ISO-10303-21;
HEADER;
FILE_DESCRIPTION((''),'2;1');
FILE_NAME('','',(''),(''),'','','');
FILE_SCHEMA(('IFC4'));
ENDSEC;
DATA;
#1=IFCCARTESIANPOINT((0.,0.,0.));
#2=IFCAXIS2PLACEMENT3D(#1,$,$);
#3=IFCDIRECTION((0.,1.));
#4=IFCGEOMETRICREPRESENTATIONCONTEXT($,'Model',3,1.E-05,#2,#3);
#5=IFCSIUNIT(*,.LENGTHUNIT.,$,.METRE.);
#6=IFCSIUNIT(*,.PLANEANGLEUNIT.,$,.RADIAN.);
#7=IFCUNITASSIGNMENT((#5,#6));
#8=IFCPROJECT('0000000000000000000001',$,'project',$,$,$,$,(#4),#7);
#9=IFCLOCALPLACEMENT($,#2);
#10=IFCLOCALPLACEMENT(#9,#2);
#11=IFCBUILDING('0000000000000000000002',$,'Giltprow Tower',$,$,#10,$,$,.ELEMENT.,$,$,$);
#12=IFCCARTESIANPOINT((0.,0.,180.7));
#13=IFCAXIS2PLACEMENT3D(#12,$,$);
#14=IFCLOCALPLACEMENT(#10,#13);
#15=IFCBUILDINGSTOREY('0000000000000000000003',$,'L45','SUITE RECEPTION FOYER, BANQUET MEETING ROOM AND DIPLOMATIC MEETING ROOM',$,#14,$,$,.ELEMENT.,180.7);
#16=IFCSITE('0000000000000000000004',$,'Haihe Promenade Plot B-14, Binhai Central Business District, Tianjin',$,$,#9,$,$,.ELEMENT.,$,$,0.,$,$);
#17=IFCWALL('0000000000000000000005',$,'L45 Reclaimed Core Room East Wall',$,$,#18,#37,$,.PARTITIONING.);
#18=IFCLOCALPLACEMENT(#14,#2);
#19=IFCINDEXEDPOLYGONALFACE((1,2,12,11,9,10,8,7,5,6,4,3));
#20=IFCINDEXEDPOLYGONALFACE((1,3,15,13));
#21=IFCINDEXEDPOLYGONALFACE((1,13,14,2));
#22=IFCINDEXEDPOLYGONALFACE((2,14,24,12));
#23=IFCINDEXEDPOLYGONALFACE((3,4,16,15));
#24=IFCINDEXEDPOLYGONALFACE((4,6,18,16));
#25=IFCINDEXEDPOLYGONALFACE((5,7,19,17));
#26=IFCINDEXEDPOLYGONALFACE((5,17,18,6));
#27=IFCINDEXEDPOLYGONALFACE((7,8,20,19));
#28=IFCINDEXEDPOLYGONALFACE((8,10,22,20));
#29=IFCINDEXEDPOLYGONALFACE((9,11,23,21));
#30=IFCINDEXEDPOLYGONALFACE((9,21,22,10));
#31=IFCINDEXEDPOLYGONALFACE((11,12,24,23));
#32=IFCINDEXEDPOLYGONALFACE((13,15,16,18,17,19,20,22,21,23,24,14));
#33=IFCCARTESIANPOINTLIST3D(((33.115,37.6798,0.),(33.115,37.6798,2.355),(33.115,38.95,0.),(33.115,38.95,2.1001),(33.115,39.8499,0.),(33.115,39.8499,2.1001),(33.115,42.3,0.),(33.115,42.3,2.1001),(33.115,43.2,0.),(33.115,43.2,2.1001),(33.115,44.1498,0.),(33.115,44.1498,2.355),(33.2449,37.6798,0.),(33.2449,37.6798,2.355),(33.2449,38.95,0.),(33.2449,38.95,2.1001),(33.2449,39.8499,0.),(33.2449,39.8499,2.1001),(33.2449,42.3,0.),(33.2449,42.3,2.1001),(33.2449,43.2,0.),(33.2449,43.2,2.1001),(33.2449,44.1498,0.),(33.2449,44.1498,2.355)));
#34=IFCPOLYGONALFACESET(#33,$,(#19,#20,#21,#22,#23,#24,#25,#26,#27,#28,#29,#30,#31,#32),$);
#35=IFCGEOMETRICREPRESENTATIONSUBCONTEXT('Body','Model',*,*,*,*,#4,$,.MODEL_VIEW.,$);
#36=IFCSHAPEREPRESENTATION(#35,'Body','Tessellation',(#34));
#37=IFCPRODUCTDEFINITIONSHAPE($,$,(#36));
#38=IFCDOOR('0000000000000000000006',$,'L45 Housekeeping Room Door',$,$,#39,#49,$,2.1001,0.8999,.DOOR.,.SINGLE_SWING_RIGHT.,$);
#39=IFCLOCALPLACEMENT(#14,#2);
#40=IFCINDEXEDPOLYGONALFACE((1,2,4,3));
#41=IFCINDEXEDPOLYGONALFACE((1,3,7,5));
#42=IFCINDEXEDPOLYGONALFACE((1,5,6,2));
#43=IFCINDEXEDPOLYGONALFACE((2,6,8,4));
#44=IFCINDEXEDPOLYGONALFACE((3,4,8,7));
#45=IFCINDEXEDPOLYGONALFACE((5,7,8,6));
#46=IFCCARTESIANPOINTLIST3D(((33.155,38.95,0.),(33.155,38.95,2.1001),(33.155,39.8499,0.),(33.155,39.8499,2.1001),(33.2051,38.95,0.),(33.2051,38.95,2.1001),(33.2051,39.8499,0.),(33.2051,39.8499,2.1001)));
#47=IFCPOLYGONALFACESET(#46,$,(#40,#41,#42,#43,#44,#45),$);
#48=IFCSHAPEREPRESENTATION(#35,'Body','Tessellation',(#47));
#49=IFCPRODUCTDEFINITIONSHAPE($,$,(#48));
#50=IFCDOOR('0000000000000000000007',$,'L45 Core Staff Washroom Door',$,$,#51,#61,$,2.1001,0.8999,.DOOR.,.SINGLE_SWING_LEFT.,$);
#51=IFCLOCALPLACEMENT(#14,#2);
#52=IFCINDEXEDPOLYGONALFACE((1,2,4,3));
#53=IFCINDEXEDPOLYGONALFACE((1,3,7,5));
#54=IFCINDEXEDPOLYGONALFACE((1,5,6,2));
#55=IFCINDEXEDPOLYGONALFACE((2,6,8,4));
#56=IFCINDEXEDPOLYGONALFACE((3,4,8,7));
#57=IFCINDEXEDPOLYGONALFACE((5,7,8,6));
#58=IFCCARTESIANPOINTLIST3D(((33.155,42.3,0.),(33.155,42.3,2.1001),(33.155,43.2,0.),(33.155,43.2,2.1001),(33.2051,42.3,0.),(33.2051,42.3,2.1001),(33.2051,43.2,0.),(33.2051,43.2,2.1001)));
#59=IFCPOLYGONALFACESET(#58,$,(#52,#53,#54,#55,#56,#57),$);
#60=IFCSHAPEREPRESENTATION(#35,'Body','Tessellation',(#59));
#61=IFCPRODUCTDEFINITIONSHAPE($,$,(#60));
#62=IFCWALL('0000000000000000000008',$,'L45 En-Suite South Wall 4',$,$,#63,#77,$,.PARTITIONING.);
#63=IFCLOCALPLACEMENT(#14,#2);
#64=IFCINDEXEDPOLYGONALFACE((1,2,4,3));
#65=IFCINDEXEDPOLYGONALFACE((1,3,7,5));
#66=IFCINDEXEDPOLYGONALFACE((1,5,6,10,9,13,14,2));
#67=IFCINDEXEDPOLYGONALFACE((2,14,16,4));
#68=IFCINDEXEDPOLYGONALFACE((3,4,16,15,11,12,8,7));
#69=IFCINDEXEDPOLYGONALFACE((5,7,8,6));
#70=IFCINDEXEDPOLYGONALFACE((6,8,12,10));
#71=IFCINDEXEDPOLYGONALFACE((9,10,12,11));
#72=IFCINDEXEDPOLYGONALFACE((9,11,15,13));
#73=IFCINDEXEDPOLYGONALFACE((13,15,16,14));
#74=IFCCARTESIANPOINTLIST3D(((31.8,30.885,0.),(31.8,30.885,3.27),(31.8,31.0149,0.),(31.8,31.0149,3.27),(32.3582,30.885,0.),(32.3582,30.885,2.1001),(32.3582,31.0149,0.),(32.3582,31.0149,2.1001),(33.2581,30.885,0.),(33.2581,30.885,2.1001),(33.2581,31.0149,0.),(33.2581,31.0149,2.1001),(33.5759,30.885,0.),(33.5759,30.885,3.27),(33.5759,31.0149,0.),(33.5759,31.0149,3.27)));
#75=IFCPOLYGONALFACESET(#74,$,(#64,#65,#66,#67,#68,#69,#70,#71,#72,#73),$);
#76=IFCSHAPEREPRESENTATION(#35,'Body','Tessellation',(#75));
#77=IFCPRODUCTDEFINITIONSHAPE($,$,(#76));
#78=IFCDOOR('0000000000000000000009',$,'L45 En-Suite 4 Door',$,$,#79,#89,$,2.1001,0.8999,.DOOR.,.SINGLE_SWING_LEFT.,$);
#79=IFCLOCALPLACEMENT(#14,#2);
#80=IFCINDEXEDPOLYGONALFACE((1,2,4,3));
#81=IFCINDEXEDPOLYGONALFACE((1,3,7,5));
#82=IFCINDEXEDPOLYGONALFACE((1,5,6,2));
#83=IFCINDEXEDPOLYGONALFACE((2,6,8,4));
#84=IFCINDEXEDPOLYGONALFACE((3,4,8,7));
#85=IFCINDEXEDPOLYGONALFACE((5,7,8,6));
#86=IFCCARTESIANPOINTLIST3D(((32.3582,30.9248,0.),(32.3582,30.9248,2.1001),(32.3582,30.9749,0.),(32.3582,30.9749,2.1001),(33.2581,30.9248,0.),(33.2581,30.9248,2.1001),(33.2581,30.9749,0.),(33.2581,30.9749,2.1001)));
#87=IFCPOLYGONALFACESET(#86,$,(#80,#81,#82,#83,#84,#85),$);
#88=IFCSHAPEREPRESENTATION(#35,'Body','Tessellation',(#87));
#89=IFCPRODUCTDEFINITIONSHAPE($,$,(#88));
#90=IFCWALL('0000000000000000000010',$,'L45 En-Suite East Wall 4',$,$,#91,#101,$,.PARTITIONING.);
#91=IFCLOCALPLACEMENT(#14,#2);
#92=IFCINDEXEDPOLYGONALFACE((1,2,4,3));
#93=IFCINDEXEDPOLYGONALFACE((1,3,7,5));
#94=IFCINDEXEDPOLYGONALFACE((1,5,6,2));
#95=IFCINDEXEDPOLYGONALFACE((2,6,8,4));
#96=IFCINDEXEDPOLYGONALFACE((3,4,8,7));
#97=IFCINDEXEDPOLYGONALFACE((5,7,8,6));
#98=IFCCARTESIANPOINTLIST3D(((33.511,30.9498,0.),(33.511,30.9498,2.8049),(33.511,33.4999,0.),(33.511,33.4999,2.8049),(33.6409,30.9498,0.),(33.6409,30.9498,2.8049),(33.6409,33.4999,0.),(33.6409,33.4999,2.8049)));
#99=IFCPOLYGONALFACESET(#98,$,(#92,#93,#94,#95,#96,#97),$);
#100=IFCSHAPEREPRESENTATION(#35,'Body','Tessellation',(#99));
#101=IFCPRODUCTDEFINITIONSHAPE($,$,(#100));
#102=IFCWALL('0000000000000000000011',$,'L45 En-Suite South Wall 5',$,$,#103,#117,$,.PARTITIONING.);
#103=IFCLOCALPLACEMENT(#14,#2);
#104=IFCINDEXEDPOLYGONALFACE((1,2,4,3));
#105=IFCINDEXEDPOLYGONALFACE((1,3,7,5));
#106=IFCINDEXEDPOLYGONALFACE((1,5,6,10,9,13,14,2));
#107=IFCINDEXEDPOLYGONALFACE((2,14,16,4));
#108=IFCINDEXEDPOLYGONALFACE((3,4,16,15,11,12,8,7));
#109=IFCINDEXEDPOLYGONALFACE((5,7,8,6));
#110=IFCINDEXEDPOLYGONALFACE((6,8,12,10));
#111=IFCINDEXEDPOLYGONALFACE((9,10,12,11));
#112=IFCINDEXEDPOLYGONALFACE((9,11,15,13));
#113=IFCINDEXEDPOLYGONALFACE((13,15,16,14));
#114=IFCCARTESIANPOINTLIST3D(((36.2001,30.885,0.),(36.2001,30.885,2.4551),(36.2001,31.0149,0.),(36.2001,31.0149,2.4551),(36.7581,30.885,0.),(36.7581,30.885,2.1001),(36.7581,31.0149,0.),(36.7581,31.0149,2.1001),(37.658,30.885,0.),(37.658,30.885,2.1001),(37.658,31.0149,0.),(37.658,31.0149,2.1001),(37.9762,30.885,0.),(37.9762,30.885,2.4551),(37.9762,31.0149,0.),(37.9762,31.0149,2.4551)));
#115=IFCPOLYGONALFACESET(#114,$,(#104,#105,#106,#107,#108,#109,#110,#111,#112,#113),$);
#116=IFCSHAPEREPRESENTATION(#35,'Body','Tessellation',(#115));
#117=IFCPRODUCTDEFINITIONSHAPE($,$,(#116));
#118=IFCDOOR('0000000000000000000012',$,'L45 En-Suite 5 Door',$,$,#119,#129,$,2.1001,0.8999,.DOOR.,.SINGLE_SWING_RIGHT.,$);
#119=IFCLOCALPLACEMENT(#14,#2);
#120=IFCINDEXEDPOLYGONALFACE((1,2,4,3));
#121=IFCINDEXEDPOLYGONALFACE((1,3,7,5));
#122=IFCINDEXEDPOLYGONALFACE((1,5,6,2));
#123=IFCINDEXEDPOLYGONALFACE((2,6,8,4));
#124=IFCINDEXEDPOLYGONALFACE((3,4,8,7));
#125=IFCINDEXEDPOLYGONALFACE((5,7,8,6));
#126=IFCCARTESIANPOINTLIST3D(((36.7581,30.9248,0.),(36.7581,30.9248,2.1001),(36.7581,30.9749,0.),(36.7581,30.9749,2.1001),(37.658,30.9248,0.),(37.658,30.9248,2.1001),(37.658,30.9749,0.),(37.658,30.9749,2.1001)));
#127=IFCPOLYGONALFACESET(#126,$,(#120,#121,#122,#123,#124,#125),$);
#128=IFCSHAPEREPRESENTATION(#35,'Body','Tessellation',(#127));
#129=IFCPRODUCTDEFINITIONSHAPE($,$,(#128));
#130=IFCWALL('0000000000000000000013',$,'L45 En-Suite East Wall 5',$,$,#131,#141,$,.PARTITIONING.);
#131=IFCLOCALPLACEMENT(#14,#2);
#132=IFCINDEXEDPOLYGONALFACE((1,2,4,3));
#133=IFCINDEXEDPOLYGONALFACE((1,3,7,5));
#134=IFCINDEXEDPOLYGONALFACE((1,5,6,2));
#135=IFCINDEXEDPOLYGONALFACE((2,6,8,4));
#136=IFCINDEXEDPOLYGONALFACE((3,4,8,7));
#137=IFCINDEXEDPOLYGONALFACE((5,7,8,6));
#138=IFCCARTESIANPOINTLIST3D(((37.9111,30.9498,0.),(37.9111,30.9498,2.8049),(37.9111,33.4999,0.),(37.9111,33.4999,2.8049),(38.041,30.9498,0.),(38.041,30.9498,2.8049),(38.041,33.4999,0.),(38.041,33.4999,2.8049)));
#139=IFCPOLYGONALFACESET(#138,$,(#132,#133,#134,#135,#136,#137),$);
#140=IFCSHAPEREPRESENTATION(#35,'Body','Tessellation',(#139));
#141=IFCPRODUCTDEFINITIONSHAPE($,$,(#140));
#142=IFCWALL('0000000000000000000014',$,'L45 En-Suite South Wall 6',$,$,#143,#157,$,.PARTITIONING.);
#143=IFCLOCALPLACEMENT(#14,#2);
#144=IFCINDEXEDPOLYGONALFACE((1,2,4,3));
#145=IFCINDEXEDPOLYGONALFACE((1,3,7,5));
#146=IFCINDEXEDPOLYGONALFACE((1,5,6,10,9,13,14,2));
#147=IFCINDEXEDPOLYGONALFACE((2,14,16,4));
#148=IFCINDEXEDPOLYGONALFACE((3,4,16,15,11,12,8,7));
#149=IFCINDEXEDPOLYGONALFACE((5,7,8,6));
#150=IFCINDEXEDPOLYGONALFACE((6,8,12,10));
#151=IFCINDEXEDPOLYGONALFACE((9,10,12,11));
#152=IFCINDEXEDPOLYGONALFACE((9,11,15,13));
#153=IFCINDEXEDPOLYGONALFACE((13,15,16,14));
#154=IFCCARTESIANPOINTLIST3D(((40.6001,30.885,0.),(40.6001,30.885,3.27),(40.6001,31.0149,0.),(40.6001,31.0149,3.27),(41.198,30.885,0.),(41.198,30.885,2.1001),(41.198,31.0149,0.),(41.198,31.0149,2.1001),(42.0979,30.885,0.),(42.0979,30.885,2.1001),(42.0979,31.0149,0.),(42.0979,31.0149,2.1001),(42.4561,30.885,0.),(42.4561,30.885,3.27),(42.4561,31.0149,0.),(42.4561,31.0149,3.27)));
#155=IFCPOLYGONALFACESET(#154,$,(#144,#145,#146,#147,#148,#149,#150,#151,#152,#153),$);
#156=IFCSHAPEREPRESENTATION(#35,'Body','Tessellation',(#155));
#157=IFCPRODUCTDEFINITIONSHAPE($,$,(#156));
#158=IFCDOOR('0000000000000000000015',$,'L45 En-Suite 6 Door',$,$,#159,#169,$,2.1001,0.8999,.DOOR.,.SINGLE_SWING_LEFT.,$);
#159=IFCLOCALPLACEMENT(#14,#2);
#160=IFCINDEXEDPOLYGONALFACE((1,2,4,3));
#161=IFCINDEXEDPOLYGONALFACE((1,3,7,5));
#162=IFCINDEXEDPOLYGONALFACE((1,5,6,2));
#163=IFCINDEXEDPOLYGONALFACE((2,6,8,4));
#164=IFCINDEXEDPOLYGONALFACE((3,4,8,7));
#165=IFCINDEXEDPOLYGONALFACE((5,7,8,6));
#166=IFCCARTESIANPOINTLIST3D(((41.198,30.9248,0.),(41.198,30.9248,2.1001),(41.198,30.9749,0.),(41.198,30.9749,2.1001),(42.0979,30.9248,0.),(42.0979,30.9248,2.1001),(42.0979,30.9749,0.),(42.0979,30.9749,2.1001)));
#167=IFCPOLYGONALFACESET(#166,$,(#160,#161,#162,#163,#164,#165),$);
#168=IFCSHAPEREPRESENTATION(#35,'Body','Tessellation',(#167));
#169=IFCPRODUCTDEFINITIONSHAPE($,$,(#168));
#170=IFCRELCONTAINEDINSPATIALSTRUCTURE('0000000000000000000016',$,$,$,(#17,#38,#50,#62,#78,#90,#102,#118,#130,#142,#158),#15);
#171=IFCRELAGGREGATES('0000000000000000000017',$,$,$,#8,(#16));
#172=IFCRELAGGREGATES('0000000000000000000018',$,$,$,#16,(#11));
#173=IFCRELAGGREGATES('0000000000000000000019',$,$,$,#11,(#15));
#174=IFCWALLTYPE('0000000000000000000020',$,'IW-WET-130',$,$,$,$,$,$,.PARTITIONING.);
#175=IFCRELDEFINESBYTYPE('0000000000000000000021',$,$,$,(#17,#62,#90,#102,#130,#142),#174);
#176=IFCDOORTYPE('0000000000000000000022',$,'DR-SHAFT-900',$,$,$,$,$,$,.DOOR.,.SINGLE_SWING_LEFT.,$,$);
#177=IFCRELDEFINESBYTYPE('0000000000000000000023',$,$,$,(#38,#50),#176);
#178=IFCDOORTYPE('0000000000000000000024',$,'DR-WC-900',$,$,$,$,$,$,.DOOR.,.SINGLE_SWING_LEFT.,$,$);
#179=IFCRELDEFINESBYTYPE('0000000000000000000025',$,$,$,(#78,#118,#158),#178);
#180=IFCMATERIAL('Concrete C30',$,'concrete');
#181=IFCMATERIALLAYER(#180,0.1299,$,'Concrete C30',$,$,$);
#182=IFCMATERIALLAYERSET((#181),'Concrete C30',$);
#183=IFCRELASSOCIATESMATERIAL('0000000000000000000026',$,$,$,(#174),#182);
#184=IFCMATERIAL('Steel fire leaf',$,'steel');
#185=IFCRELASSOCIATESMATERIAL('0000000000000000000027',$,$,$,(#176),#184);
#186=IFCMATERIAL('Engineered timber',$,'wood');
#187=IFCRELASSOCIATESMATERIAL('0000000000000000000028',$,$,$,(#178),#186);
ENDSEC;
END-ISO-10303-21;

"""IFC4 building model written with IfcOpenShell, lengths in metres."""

from ifc_helpers import new_model, si_unit, direction, frame, frame_2d, origin, place, context, subcontext, project, spatial, rectangle, extrude, source, transform, mapped, material, layer, layer_set, type_object, element, fill, save


model = new_model("IFC4")

# Units and contexts
model_context = context("Model", 3, precision=1e-05, world=origin(), true_north=direction((0.0, 1.0)))
body_context = subcontext(model_context, "Body", "Model", "MODEL_VIEW")
ifc_project = project(units=[si_unit("LENGTHUNIT", "METRE"), si_unit("PLANEANGLEUNIT", "RADIAN")], contexts=[model_context])

# Site, building, storey
site_placement = place(None, origin())
site = spatial("IfcSite", under=ifc_project, at=site_placement, Name="Haihe Promenade Plot B-14, Binhai Central Business District, Tianjin", CompositionType="ELEMENT", RefElevation=0.0)
building_placement = place(site_placement, origin())
building = spatial("IfcBuilding", under=site, at=building_placement, Name="Giltprow Tower", CompositionType="ELEMENT")
storey_placement = place(building_placement, frame((0.0, 0.0, 180.7)))
storey = spatial("IfcBuildingStorey", under=building, at=storey_placement, Name="L45", Description="SUITE RECEPTION FOYER, BANQUET MEETING ROOM AND DIPLOMATIC MEETING ROOM", CompositionType="ELEMENT", Elevation=180.7)

# Wall, openings, doors
ifc_material_1 = material(Name="Concrete C30", Category="concrete")
ifc_layer_1 = layer(ifc_material_1, 0.1299, Name="Concrete C30")
ifc_layer_set_1 = layer_set([ifc_layer_1], Name="Concrete C30")
wall_type_1 = type_object("IfcWallType", Name="IW-WET-130", PredefinedType="PARTITIONING", material=ifc_layer_set_1)
wall_1_placement = place(storey_placement, frame((33.1799, 37.6799, 0.0), z_axis=(0.0, 0.0, 1.0), x_axis=(0.0, 1.0, 0.0)))
wall_1 = element("IfcWall", 1, at=wall_1_placement, inside=storey, type_object=wall_type_1, Name="L45 Reclaimed Core Room East Wall", PredefinedType="PARTITIONING", context=body_context, shape_type="SweptSolid", body=[
    extrude(rectangle(XDim=6.47, YDim=0.1299, at=frame_2d((3.2349, 0.0))), origin(), (0.0, 0.0, 1.0), 2.355),
])
opening_1_placement = place(wall_1_placement, frame((1.27, 0.0, 0.0)))
opening_1 = element("IfcOpeningElement", 2, at=opening_1_placement, cuts=wall_1, PredefinedType="OPENING", context=body_context, shape_type="SweptSolid", body=[
    extrude(rectangle(XDim=0.8999, YDim=2.1001, at=frame_2d((0.45, 1.05))), frame((0.0, 0.075, 0.0), z_axis=(0.0, -1.0, 0.0), x_axis=(1.0, 0.0, 0.0)), (0.0, 0.0, 1.0), 0.1499),
])
opening_2_placement = place(wall_1_placement, frame((4.6201, 0.0, 0.0)))
opening_2 = element("IfcOpeningElement", 3, at=opening_2_placement, cuts=wall_1, PredefinedType="OPENING", context=body_context, shape_type="SweptSolid", body=[
    extrude(rectangle(XDim=0.8999, YDim=2.1001, at=frame_2d((0.45, 1.05))), frame((0.0, 0.075, 0.0), z_axis=(0.0, -1.0, 0.0), x_axis=(1.0, 0.0, 0.0)), (0.0, 0.0, 1.0), 0.1499),
])
ifc_material_2 = material(Name="Steel fire leaf", Category="steel")
door_type_1 = type_object("IfcDoorType", Name="DR-SHAFT-900", OperationType="SINGLE_SWING_LEFT", PredefinedType="DOOR", material=ifc_material_2)
shared_shape_1 = source(origin(), body_context, "Body", "SweptSolid", [
    extrude(rectangle(XDim=0.8999, YDim=2.1001, at=frame_2d((0.45, 1.05))), frame((0.0, 0.0249, 0.0), z_axis=(0.0, -1.0, 0.0), x_axis=(1.0, 0.0, 0.0)), (0.0, 0.0, 1.0), 0.05),
])
door_1_placement = place(opening_1_placement, origin())
door_1 = element("IfcDoor", 4, at=door_1_placement, inside=storey, type_object=door_type_1, Name="L45 Housekeeping Room Door", OperationType="SINGLE_SWING_RIGHT", OverallHeight=2.1001, OverallWidth=0.8999, PredefinedType="DOOR", context=body_context, shape_type="MappedRepresentation", body=[
    mapped(shared_shape_1, transform((0.0, 0.0, 0.0), x_axis=(1.0, 0.0, 0.0), y_axis=(0.0, 1.0, 0.0), z_axis=(0.0, 0.0, 1.0), scale=1.0)),
])
fill(opening_1, door_1)
door_2_placement = place(opening_2_placement, origin())
door_2 = element("IfcDoor", 5, at=door_2_placement, inside=storey, type_object=door_type_1, Name="L45 Core Staff Washroom Door", OperationType="SINGLE_SWING_LEFT", OverallHeight=2.1001, OverallWidth=0.8999, PredefinedType="DOOR", context=body_context, shape_type="MappedRepresentation", body=[
    mapped(shared_shape_1, transform((0.0, 0.0, 0.0), x_axis=(1.0, 0.0, 0.0), y_axis=(0.0, 1.0, 0.0), z_axis=(0.0, 0.0, 1.0), scale=1.0)),
])
fill(opening_2, door_2)

# Wall, opening, door
wall_2_placement = place(storey_placement, frame((31.8, 30.95, 0.0), z_axis=(0.0, 0.0, 1.0), x_axis=(1.0, 0.0, 0.0)))
wall_2 = element("IfcWall", 6, at=wall_2_placement, inside=storey, type_object=wall_type_1, Name="L45 En-Suite South Wall 4", PredefinedType="PARTITIONING", context=body_context, shape_type="SweptSolid", body=[
    extrude(rectangle(XDim=1.7759, YDim=0.1299, at=frame_2d((0.8879, 0.0))), origin(), (0.0, 0.0, 1.0), 3.27),
])
opening_3_placement = place(wall_2_placement, frame((0.5581, 0.0, 0.0)))
opening_3 = element("IfcOpeningElement", 7, at=opening_3_placement, cuts=wall_2, PredefinedType="OPENING", context=body_context, shape_type="SweptSolid", body=[
    extrude(rectangle(XDim=0.8999, YDim=2.1001, at=frame_2d((0.45, 1.05))), frame((0.0, 0.075, 0.0), z_axis=(0.0, -1.0, 0.0), x_axis=(1.0, 0.0, 0.0)), (0.0, 0.0, 1.0), 0.1499),
])
ifc_material_3 = material(Name="Engineered timber", Category="wood")
door_type_2 = type_object("IfcDoorType", Name="DR-WC-900", OperationType="SINGLE_SWING_LEFT", PredefinedType="DOOR", material=ifc_material_3)
door_3_placement = place(opening_3_placement, origin())
door_3 = element("IfcDoor", 8, at=door_3_placement, inside=storey, type_object=door_type_2, Name="L45 En-Suite 4 Door", OperationType="SINGLE_SWING_LEFT", OverallHeight=2.1001, OverallWidth=0.8999, PredefinedType="DOOR", context=body_context, shape_type="MappedRepresentation", body=[
    mapped(shared_shape_1, transform((0.0, 0.0, 0.0), x_axis=(1.0, 0.0, 0.0), y_axis=(0.0, 1.0, 0.0), z_axis=(0.0, 0.0, 1.0), scale=1.0)),
])
fill(opening_3, door_3)

# Wall
wall_3_placement = place(storey_placement, frame((33.5759, 30.95, 0.0), z_axis=(0.0, 0.0, 1.0), x_axis=(0.0, 1.0, 0.0)))
element("IfcWall", 9, at=wall_3_placement, inside=storey, type_object=wall_type_1, Name="L45 En-Suite East Wall 4", PredefinedType="PARTITIONING", context=body_context, shape_type="SweptSolid", body=[
    extrude(rectangle(XDim=2.55, YDim=0.1299, at=frame_2d((1.2749, 0.0))), origin(), (0.0, 0.0, 1.0), 2.8049),
])

# Wall, opening, door
wall_4_placement = place(storey_placement, frame((36.2, 30.95, 0.0), z_axis=(0.0, 0.0, 1.0), x_axis=(1.0, 0.0, 0.0)))
wall_4 = element("IfcWall", 10, at=wall_4_placement, inside=storey, type_object=wall_type_1, Name="L45 En-Suite South Wall 5", PredefinedType="PARTITIONING", context=body_context, shape_type="SweptSolid", body=[
    extrude(rectangle(XDim=1.7761, YDim=0.1299, at=frame_2d((0.8882, 0.0))), origin(), (0.0, 0.0, 1.0), 2.4551),
])
opening_4_placement = place(wall_4_placement, frame((0.5581, 0.0, 0.0)))
opening_4 = element("IfcOpeningElement", 11, at=opening_4_placement, cuts=wall_4, PredefinedType="OPENING", context=body_context, shape_type="SweptSolid", body=[
    extrude(rectangle(XDim=0.8999, YDim=2.1001, at=frame_2d((0.45, 1.05))), frame((0.0, 0.075, 0.0), z_axis=(0.0, -1.0, 0.0), x_axis=(1.0, 0.0, 0.0)), (0.0, 0.0, 1.0), 0.1499),
])
door_4_placement = place(opening_4_placement, origin())
door_4 = element("IfcDoor", 12, at=door_4_placement, inside=storey, type_object=door_type_2, Name="L45 En-Suite 5 Door", OperationType="SINGLE_SWING_RIGHT", OverallHeight=2.1001, OverallWidth=0.8999, PredefinedType="DOOR", context=body_context, shape_type="MappedRepresentation", body=[
    mapped(shared_shape_1, transform((0.0, 0.0, 0.0), x_axis=(1.0, 0.0, 0.0), y_axis=(0.0, 1.0, 0.0), z_axis=(0.0, 0.0, 1.0), scale=1.0)),
])
fill(opening_4, door_4)

# Wall
wall_5_placement = place(storey_placement, frame((37.9761, 30.95, 0.0), z_axis=(0.0, 0.0, 1.0), x_axis=(0.0, 1.0, 0.0)))
element("IfcWall", 13, at=wall_5_placement, inside=storey, type_object=wall_type_1, Name="L45 En-Suite East Wall 5", PredefinedType="PARTITIONING", context=body_context, shape_type="SweptSolid", body=[
    extrude(rectangle(XDim=2.55, YDim=0.1299, at=frame_2d((1.2749, 0.0))), origin(), (0.0, 0.0, 1.0), 2.8049),
])

# Wall, opening, door
wall_6_placement = place(storey_placement, frame((40.6001, 30.95, 0.0), z_axis=(0.0, 0.0, 1.0), x_axis=(1.0, 0.0, 0.0)))
wall_6 = element("IfcWall", 14, at=wall_6_placement, inside=storey, type_object=wall_type_1, Name="L45 En-Suite South Wall 6", PredefinedType="PARTITIONING", context=body_context, shape_type="SweptSolid", body=[
    extrude(rectangle(XDim=1.856, YDim=0.1299, at=frame_2d((0.928, 0.0))), origin(), (0.0, 0.0, 1.0), 3.27),
])
opening_5_placement = place(wall_6_placement, frame((0.5979, 0.0, 0.0)))
opening_5 = element("IfcOpeningElement", 15, at=opening_5_placement, cuts=wall_6, PredefinedType="OPENING", context=body_context, shape_type="SweptSolid", body=[
    extrude(rectangle(XDim=0.8999, YDim=2.1001, at=frame_2d((0.45, 1.05))), frame((0.0, 0.075, 0.0), z_axis=(0.0, -1.0, 0.0), x_axis=(1.0, 0.0, 0.0)), (0.0, 0.0, 1.0), 0.1499),
])
door_5_placement = place(opening_5_placement, origin())
door_5 = element("IfcDoor", 16, at=door_5_placement, inside=storey, type_object=door_type_2, Name="L45 En-Suite 6 Door", OperationType="SINGLE_SWING_LEFT", OverallHeight=2.1001, OverallWidth=0.8999, PredefinedType="DOOR", context=body_context, shape_type="MappedRepresentation", body=[
    mapped(shared_shape_1, transform((0.0, 0.0, 0.0), x_axis=(1.0, 0.0, 0.0), y_axis=(0.0, 1.0, 0.0), z_axis=(0.0, 0.0, 1.0), scale=1.0)),
])
fill(opening_5, door_5)

save(model, "model.ifc")
